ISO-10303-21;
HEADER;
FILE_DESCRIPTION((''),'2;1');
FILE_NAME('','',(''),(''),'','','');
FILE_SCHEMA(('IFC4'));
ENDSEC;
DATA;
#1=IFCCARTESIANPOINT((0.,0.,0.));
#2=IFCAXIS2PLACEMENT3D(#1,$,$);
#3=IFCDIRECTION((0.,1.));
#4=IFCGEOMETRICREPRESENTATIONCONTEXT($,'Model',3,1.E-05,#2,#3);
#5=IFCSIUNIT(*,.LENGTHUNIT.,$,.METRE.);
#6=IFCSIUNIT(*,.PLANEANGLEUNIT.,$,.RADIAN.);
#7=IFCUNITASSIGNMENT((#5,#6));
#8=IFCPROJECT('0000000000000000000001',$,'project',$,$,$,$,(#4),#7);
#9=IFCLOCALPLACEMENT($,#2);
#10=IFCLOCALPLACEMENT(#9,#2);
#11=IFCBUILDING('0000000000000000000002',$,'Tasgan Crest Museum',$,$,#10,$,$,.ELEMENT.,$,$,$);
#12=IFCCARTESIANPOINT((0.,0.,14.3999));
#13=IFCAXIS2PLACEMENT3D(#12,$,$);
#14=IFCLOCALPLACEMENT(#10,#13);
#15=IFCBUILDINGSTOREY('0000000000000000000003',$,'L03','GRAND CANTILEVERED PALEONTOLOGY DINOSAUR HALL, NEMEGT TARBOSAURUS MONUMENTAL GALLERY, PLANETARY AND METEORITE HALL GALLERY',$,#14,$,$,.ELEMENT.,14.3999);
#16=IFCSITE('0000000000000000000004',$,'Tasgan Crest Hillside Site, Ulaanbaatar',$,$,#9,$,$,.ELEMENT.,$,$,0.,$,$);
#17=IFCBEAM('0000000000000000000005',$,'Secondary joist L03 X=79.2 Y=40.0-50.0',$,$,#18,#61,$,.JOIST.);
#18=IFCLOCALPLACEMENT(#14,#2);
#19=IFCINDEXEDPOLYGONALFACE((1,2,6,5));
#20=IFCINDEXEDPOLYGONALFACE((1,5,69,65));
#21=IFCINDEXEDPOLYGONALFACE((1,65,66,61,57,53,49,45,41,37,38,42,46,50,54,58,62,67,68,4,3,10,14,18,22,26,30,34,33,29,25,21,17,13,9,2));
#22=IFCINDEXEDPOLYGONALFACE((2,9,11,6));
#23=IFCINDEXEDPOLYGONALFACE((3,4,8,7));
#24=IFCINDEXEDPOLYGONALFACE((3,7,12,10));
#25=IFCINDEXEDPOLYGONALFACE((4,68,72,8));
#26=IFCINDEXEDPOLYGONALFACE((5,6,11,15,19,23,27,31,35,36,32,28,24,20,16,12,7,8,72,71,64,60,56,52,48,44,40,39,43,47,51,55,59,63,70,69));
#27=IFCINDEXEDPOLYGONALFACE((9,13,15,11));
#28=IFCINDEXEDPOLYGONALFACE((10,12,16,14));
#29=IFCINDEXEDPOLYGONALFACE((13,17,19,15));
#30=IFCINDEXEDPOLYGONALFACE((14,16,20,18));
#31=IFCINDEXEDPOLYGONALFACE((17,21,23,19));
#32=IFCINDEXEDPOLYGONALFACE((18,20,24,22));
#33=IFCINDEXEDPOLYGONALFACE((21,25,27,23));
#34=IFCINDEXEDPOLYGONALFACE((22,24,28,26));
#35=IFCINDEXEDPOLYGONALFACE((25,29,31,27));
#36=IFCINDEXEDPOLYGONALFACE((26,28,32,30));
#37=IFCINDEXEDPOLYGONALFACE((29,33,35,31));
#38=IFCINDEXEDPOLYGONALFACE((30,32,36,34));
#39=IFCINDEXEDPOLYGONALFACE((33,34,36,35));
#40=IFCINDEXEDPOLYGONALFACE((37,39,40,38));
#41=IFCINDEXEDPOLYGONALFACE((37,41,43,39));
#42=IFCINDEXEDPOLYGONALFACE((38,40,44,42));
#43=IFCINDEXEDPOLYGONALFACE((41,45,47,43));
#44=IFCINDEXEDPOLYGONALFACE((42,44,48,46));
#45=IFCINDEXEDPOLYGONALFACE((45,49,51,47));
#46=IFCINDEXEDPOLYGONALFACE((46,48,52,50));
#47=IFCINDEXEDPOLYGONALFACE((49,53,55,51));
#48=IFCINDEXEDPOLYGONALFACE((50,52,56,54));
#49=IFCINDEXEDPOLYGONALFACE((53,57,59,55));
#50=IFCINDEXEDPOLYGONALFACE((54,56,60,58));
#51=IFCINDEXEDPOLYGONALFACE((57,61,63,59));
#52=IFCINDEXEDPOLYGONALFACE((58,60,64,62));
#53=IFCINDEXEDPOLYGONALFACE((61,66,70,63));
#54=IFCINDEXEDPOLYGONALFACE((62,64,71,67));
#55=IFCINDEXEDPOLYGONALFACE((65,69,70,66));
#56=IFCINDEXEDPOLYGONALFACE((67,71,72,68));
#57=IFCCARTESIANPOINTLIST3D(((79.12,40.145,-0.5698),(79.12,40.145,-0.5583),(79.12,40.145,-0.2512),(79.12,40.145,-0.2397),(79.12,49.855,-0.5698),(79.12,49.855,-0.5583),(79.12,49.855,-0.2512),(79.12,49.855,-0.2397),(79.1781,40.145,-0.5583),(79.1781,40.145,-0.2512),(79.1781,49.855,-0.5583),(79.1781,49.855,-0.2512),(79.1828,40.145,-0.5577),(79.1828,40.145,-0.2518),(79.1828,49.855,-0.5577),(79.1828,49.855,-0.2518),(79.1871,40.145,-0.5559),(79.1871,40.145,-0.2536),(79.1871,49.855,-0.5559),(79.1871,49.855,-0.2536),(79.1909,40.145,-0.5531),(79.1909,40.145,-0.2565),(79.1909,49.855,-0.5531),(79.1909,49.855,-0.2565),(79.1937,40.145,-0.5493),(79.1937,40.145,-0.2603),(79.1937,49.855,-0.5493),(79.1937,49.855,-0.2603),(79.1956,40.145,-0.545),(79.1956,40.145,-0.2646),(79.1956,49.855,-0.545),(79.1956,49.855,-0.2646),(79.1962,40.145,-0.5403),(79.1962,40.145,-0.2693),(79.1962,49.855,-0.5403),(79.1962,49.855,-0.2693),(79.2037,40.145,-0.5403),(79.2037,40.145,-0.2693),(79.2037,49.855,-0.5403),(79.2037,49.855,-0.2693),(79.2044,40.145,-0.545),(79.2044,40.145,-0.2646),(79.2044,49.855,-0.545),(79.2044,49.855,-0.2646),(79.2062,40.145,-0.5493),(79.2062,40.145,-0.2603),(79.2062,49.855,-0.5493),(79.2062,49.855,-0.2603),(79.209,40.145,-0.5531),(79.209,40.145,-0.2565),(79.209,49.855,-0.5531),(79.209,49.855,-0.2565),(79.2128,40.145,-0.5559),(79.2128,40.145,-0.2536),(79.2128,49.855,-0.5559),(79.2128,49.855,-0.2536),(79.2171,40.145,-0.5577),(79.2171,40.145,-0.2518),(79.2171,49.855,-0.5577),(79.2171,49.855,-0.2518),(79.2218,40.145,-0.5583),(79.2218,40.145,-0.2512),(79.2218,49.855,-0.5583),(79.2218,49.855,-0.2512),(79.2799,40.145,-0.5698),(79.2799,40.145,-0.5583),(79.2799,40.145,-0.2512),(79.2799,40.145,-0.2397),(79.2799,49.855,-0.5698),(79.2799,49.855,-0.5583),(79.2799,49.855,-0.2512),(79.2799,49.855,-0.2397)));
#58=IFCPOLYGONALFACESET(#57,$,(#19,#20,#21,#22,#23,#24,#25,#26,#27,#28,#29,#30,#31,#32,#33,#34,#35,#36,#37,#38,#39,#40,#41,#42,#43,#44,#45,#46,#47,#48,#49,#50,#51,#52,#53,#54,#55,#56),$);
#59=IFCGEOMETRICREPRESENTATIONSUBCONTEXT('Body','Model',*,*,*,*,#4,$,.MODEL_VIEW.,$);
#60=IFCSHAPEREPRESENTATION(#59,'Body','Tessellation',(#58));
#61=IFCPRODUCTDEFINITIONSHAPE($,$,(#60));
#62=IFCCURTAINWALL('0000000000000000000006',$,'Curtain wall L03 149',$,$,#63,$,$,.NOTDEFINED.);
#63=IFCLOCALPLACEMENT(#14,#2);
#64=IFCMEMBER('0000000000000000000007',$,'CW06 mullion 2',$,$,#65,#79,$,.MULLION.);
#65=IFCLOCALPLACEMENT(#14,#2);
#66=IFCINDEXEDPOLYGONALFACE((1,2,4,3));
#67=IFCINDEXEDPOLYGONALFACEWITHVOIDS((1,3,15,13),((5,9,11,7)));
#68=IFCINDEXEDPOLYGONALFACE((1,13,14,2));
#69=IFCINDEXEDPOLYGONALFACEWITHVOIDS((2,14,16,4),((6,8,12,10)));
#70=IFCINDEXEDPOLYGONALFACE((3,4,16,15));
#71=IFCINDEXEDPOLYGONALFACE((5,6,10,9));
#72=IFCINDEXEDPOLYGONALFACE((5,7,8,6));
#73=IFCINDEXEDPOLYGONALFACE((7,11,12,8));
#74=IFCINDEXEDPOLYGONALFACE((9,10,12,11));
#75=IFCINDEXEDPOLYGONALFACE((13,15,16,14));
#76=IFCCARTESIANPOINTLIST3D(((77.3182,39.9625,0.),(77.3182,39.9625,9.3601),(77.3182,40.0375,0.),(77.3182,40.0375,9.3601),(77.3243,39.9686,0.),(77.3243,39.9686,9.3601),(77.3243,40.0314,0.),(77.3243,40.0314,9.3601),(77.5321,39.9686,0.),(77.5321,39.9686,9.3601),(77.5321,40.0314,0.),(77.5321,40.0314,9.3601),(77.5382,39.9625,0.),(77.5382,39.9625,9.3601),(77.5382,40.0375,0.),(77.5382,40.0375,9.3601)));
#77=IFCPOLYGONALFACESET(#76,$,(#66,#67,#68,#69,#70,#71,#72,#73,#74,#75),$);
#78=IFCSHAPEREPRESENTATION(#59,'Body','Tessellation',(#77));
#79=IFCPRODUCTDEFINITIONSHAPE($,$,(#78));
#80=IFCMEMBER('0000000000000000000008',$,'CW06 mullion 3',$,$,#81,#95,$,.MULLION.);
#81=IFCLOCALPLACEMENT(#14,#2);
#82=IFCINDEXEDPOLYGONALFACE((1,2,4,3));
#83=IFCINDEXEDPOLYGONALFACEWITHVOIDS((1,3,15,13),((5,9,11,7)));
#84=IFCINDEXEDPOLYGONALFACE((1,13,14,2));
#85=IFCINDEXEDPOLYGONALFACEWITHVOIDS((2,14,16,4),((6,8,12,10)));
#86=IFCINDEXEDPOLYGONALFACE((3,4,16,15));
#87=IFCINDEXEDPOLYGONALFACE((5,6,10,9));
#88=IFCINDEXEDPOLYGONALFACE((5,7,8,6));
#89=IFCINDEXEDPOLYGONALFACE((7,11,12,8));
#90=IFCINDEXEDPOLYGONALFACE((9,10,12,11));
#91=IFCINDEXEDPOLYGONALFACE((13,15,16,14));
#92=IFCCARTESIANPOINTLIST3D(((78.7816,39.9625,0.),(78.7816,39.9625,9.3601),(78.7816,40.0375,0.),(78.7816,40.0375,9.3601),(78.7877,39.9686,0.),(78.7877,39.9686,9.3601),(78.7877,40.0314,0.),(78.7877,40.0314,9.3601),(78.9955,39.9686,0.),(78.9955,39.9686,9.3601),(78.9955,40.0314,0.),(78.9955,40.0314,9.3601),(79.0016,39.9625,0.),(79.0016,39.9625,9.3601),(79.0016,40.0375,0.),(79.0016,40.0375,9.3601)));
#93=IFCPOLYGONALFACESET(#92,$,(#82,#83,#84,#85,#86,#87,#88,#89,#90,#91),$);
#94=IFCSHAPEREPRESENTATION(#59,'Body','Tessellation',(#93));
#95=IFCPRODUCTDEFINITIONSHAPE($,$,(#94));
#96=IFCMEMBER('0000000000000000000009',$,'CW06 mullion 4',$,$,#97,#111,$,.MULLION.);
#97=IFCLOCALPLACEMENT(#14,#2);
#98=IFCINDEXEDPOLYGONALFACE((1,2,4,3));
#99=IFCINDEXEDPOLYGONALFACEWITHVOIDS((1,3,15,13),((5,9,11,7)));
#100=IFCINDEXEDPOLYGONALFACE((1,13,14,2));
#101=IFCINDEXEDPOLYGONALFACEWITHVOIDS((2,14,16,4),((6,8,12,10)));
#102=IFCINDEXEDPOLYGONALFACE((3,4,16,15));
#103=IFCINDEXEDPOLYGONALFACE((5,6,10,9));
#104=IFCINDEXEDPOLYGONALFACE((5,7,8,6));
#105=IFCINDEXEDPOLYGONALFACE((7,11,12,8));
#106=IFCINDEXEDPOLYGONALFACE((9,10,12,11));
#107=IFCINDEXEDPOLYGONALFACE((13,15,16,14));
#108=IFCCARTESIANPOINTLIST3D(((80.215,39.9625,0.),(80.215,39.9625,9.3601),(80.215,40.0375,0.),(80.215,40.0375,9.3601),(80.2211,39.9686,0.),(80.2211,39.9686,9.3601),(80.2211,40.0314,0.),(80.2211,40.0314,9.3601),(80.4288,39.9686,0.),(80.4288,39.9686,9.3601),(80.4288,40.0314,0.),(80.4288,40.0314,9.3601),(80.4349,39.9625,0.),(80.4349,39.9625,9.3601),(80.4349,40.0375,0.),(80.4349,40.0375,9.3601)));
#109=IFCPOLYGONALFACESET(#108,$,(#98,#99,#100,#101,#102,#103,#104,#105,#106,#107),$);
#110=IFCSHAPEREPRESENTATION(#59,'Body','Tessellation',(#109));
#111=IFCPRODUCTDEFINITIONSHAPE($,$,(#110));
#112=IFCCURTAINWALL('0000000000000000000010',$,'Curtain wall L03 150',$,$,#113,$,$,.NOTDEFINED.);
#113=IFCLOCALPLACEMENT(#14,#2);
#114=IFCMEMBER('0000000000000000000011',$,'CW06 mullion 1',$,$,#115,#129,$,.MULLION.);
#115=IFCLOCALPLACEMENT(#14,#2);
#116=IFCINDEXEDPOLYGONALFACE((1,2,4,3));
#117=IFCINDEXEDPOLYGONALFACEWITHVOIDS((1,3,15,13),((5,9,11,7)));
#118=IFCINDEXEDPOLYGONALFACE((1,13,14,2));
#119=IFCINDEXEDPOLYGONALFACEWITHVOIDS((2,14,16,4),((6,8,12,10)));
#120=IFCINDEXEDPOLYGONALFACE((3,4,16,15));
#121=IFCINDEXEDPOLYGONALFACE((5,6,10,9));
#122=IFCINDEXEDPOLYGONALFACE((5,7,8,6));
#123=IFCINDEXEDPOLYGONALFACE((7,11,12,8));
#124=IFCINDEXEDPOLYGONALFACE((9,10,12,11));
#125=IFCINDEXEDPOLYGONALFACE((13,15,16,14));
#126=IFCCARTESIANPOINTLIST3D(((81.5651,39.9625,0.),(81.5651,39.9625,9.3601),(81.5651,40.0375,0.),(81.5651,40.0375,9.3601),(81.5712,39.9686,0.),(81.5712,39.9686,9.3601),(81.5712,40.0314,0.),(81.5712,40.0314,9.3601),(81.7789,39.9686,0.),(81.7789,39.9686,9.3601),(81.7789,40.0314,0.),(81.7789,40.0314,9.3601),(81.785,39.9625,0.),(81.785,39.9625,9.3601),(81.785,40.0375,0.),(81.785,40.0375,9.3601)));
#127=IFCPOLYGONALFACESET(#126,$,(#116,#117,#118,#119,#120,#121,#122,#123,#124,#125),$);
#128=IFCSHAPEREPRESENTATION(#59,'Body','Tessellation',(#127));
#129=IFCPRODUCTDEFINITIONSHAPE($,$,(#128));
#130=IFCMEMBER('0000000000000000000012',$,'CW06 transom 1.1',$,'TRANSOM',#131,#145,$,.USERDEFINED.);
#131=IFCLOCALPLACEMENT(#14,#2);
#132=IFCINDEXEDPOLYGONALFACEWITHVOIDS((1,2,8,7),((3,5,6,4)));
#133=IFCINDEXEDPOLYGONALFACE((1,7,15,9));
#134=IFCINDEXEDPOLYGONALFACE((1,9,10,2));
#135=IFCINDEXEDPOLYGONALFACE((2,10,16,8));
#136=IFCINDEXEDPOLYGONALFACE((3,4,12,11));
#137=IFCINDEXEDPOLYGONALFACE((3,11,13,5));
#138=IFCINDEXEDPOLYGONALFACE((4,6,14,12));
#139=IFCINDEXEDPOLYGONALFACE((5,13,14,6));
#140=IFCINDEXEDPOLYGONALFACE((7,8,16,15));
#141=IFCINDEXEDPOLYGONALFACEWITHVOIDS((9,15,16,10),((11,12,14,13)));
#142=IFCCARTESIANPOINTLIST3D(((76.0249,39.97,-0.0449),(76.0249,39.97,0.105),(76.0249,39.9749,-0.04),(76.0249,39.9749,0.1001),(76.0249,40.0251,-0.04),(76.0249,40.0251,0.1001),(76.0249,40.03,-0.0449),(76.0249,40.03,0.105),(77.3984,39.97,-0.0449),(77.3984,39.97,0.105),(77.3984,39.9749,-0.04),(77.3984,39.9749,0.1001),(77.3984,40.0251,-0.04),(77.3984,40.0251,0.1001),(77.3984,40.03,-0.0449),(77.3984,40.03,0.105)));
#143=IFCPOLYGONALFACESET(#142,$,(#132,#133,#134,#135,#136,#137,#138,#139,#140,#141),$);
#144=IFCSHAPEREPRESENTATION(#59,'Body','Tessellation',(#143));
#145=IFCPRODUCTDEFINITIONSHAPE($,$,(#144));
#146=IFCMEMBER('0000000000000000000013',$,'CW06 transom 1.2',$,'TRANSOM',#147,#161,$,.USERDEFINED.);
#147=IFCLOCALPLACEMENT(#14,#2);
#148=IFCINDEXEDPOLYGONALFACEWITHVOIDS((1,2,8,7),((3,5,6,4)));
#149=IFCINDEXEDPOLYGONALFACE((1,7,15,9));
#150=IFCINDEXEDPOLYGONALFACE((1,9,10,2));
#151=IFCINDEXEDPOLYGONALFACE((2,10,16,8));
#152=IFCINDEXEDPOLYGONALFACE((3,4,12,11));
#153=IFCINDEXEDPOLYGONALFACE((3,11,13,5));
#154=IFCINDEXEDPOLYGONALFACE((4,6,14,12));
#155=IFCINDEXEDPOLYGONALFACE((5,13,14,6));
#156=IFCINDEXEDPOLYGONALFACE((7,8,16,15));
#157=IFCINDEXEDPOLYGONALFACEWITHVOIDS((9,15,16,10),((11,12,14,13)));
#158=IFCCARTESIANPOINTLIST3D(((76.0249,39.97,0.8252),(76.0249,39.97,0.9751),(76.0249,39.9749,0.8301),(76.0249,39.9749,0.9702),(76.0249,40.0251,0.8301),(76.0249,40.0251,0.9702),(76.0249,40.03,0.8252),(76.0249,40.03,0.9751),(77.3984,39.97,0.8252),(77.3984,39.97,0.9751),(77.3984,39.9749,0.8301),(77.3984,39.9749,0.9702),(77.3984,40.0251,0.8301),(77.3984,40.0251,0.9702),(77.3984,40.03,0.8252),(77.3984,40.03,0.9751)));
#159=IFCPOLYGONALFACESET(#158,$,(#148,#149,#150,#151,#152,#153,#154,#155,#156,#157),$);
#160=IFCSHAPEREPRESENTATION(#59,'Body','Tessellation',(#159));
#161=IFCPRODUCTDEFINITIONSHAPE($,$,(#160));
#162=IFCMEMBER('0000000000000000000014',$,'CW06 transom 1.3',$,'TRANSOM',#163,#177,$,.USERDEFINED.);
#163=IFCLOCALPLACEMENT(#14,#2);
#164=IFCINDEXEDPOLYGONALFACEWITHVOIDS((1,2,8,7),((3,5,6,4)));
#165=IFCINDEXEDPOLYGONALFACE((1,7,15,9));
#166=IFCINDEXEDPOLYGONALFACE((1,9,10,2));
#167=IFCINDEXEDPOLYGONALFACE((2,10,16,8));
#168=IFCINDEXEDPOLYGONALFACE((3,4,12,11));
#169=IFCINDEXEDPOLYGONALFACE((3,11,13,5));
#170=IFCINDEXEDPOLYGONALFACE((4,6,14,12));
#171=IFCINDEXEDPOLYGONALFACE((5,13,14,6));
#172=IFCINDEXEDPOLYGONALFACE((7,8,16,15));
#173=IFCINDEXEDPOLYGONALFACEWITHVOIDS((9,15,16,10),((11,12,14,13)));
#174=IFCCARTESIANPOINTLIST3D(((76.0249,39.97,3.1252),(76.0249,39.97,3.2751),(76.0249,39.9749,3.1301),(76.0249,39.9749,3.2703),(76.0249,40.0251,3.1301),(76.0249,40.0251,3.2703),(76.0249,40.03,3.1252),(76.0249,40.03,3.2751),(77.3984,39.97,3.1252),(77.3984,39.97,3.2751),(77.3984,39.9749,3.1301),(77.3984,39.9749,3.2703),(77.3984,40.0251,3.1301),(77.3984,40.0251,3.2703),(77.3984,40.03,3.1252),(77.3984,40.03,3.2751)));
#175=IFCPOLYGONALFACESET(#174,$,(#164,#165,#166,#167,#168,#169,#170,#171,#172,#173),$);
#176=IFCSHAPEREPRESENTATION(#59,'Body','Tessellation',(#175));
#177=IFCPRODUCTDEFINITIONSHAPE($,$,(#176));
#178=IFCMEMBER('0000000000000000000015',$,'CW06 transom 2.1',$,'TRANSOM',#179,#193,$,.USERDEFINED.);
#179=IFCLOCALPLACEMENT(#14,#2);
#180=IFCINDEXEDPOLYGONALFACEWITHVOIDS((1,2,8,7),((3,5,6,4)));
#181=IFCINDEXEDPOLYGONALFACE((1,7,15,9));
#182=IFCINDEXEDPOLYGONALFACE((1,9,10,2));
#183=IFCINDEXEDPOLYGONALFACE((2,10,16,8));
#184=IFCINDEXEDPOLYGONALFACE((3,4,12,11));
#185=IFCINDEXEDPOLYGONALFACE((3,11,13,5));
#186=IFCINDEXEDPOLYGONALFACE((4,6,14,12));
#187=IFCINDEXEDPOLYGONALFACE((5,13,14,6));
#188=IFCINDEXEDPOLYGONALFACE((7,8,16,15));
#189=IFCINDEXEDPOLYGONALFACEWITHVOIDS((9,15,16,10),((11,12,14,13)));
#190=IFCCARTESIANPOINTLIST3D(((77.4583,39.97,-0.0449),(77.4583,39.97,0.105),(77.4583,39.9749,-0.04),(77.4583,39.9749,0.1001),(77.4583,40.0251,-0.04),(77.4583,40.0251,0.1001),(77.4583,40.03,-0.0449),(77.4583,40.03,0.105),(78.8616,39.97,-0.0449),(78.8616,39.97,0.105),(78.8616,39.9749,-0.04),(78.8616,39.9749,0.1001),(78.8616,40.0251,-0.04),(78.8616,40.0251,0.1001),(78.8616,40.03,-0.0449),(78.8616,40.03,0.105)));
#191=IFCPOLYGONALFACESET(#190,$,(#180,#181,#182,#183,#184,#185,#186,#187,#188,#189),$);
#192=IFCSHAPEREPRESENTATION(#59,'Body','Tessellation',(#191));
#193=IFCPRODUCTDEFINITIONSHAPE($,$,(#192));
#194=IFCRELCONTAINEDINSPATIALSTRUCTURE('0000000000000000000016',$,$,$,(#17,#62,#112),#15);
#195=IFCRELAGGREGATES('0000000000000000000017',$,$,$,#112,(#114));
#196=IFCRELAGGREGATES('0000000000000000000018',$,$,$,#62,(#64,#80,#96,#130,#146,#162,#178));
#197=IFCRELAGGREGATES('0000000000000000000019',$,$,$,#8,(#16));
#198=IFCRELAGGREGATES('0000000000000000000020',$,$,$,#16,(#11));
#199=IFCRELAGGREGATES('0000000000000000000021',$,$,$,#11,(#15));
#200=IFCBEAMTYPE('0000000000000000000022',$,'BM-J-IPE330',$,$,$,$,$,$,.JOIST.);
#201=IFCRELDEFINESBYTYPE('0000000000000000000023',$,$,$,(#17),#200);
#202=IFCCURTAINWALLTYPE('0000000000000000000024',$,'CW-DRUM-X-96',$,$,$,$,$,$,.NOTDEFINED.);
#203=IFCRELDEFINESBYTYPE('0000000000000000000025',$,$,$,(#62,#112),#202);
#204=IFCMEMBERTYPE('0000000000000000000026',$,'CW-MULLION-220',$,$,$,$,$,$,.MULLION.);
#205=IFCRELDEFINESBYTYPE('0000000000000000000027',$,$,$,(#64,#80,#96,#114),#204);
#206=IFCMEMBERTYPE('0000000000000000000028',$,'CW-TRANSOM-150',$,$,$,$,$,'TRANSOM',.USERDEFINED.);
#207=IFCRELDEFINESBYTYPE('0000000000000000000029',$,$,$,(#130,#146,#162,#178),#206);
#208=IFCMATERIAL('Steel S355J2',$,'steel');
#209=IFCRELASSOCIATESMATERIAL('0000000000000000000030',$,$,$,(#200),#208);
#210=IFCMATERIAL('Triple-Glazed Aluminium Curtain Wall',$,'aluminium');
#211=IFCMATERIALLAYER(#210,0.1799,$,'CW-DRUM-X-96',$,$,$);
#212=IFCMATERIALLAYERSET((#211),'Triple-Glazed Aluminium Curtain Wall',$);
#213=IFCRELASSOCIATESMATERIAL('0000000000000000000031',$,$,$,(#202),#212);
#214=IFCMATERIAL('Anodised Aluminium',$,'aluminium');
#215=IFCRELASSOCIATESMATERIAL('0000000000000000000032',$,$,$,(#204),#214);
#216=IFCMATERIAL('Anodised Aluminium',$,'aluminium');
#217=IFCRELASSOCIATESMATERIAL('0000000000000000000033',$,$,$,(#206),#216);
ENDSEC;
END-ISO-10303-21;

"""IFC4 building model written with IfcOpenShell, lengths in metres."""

from ifc_helpers import new_model, si_unit, direction, frame, origin, origin_2d, place, context, subcontext, project, spatial, hollow_rectangle, i_section, extrude, material, layer, layer_set, material_profile, profile_set, type_object, element, aggregate, save


model = new_model("IFC4")

# Units and contexts
model_context = context("Model", 3, precision=1e-05, world=origin(), true_north=direction((0.0, 1.0)))
body_context = subcontext(model_context, "Body", "Model", "MODEL_VIEW")
ifc_project = project(units=[si_unit("LENGTHUNIT", "METRE"), si_unit("PLANEANGLEUNIT", "RADIAN")], contexts=[model_context])

# Site, building, storey
site_placement = place(None, origin())
site = spatial("IfcSite", under=ifc_project, at=site_placement, Name="Tasgan Crest Hillside Site, Ulaanbaatar", CompositionType="ELEMENT", RefElevation=0.0)
building_placement = place(site_placement, origin())
building = spatial("IfcBuilding", under=site, at=building_placement, Name="Tasgan Crest Museum", CompositionType="ELEMENT")
storey_placement = place(building_placement, frame((0.0, 0.0, 14.3999)))
storey = spatial("IfcBuildingStorey", under=building, at=storey_placement, Name="L03", Description="GRAND CANTILEVERED PALEONTOLOGY DINOSAUR HALL, NEMEGT TARBOSAURUS MONUMENTAL GALLERY, PLANETARY AND METEORITE HALL GALLERY", CompositionType="ELEMENT", Elevation=14.3999)

# Beam
ifc_material_1 = material(Name="Steel S355J2", Category="steel")
ifc_material_profile_1 = material_profile(ifc_material_1, i_section(OverallWidth=0.1599, OverallDepth=0.3301, WebThickness=0.0076, FlangeThickness=0.0115, FilletRadius=0.0181, at=origin_2d()), Name="IPE 330")
ifc_profile_set_1 = profile_set([ifc_material_profile_1], Name="Steel S355J2")
beam_type = type_object("IfcBeamType", Name="BM-J-IPE330", PredefinedType="JOIST", material=ifc_profile_set_1)
beam_placement = place(storey_placement, frame((79.2, 40.145, -0.4048), z_axis=(0.0, 1.0, 0.0), x_axis=(-1.0, 0.0, 0.0)))
element("IfcBeam", 1, at=beam_placement, inside=storey, type_object=beam_type, Name="Secondary joist L03 X=79.2 Y=40.0-50.0", PredefinedType="JOIST", context=body_context, shape_type="SweptSolid", body=[
    extrude(i_section(OverallWidth=0.1599, OverallDepth=0.3301, WebThickness=0.0076, FlangeThickness=0.0115, FilletRadius=0.0181, at=origin_2d()), origin(), (0.0, 0.0, 1.0), 9.71),
])

# Curtain wall, members
ifc_material_2 = material(Name="Triple-Glazed Aluminium Curtain Wall", Category="aluminium")
ifc_layer_1 = layer(ifc_material_2, 0.1799, Name="CW-DRUM-X-96")
ifc_layer_set_1 = layer_set([ifc_layer_1], Name="Triple-Glazed Aluminium Curtain Wall")
curtain_wall_type = type_object("IfcCurtainWallType", Name="CW-DRUM-X-96", PredefinedType="NOTDEFINED", material=ifc_layer_set_1)
curtain_wall_1_placement = place(storey_placement, origin())
curtain_wall_1 = element("IfcCurtainWall", 2, at=curtain_wall_1_placement, inside=storey, type_object=curtain_wall_type, Name="Curtain wall L03 149", PredefinedType="NOTDEFINED")
ifc_material_3 = material(Name="Anodised Aluminium", Category="aluminium")
ifc_material_profile_2 = material_profile(ifc_material_3, hollow_rectangle(XDim=0.075, YDim=0.22, WallThickness=0.0061, at=origin_2d()), Name="ALU MULLION 220x75x6")
ifc_profile_set_2 = profile_set([ifc_material_profile_2], Name="Anodised Aluminium")
member_type_1 = type_object("IfcMemberType", Name="CW-MULLION-220", PredefinedType="MULLION", material=ifc_profile_set_2)
member_1_placement = place(storey_placement, frame((77.4282, 40.0, 0.0), z_axis=(0.0, 0.0, 1.0), x_axis=(0.0, 1.0, 0.0)))
member_1 = element("IfcMember", 3, at=member_1_placement, type_object=member_type_1, Name="CW06 mullion 2", PredefinedType="MULLION", context=body_context, shape_type="SweptSolid", body=[
    extrude(hollow_rectangle(XDim=0.075, YDim=0.22, WallThickness=0.0061, at=origin_2d()), origin(), (0.0, 0.0, 1.0), 9.3601),
])
member_2_placement = place(storey_placement, frame((78.8916, 40.0, 0.0), z_axis=(0.0, 0.0, 1.0), x_axis=(0.0, 1.0, 0.0)))
member_2 = element("IfcMember", 4, at=member_2_placement, type_object=member_type_1, Name="CW06 mullion 3", PredefinedType="MULLION", context=body_context, shape_type="SweptSolid", body=[
    extrude(hollow_rectangle(XDim=0.075, YDim=0.22, WallThickness=0.0061, at=origin_2d()), origin(), (0.0, 0.0, 1.0), 9.3601),
])
member_3_placement = place(storey_placement, frame((80.325, 40.0, 0.0), z_axis=(0.0, 0.0, 1.0), x_axis=(0.0, 1.0, 0.0)))
member_3 = element("IfcMember", 5, at=member_3_placement, type_object=member_type_1, Name="CW06 mullion 4", PredefinedType="MULLION", context=body_context, shape_type="SweptSolid", body=[
    extrude(hollow_rectangle(XDim=0.075, YDim=0.22, WallThickness=0.0061, at=origin_2d()), origin(), (0.0, 0.0, 1.0), 9.3601),
])

# Curtain wall, member
curtain_wall_2_placement = place(storey_placement, origin())
curtain_wall_2 = element("IfcCurtainWall", 6, at=curtain_wall_2_placement, inside=storey, type_object=curtain_wall_type, Name="Curtain wall L03 150", PredefinedType="NOTDEFINED")
member_4_placement = place(storey_placement, frame((81.675, 40.0, 0.0), z_axis=(0.0, 0.0, 1.0), x_axis=(0.0, 1.0, 0.0)))
member_4 = element("IfcMember", 7, at=member_4_placement, type_object=member_type_1, Name="CW06 mullion 1", PredefinedType="MULLION", context=body_context, shape_type="SweptSolid", body=[
    extrude(hollow_rectangle(XDim=0.075, YDim=0.22, WallThickness=0.0061, at=origin_2d()), origin(), (0.0, 0.0, 1.0), 9.3601),
])

# Members
ifc_material_4 = material(Name="Anodised Aluminium", Category="aluminium")
ifc_material_profile_3 = material_profile(ifc_material_4, hollow_rectangle(XDim=0.0601, YDim=0.1499, WallThickness=0.0049, at=origin_2d()), Name="ALU TRANSOM 150x60x5")
ifc_profile_set_3 = profile_set([ifc_material_profile_3], Name="Anodised Aluminium")
member_type_2 = type_object("IfcMemberType", Name="CW-TRANSOM-150", ElementType="TRANSOM", PredefinedType="USERDEFINED", material=ifc_profile_set_3)
member_5_placement = place(storey_placement, frame((76.0249, 40.0, 0.03), z_axis=(1.0, 0.0, 0.0), x_axis=(0.0, 1.0, 0.0)))
member_5 = element("IfcMember", 8, at=member_5_placement, type_object=member_type_2, Name="CW06 transom 1.1", ObjectType="TRANSOM", PredefinedType="USERDEFINED", context=body_context, shape_type="SweptSolid", body=[
    extrude(hollow_rectangle(XDim=0.0601, YDim=0.1499, WallThickness=0.0049, at=origin_2d()), origin(), (0.0, 0.0, 1.0), 1.3735),
])
member_6_placement = place(storey_placement, frame((76.0249, 40.0, 0.9001), z_axis=(1.0, 0.0, 0.0), x_axis=(0.0, 1.0, 0.0)))
member_6 = element("IfcMember", 9, at=member_6_placement, type_object=member_type_2, Name="CW06 transom 1.2", ObjectType="TRANSOM", PredefinedType="USERDEFINED", context=body_context, shape_type="SweptSolid", body=[
    extrude(hollow_rectangle(XDim=0.0601, YDim=0.1499, WallThickness=0.0049, at=origin_2d()), origin(), (0.0, 0.0, 1.0), 1.3735),
])
member_7_placement = place(storey_placement, frame((76.0249, 40.0, 3.2002), z_axis=(1.0, 0.0, 0.0), x_axis=(0.0, 1.0, 0.0)))
member_7 = element("IfcMember", 10, at=member_7_placement, type_object=member_type_2, Name="CW06 transom 1.3", ObjectType="TRANSOM", PredefinedType="USERDEFINED", context=body_context, shape_type="SweptSolid", body=[
    extrude(hollow_rectangle(XDim=0.0601, YDim=0.1499, WallThickness=0.0049, at=origin_2d()), origin(), (0.0, 0.0, 1.0), 1.3735),
])
member_8_placement = place(storey_placement, frame((77.4583, 40.0, 0.03), z_axis=(1.0, 0.0, 0.0), x_axis=(0.0, 1.0, 0.0)))
member_8 = element("IfcMember", 11, at=member_8_placement, type_object=member_type_2, Name="CW06 transom 2.1", ObjectType="TRANSOM", PredefinedType="USERDEFINED", context=body_context, shape_type="SweptSolid", body=[
    extrude(hollow_rectangle(XDim=0.0601, YDim=0.1499, WallThickness=0.0049, at=origin_2d()), origin(), (0.0, 0.0, 1.0), 1.4033),
])
aggregate(curtain_wall_2, [member_4])

aggregate(curtain_wall_1, [member_1, member_2, member_3, member_5, member_6, member_7, member_8])

save(model, "model.ifc")
